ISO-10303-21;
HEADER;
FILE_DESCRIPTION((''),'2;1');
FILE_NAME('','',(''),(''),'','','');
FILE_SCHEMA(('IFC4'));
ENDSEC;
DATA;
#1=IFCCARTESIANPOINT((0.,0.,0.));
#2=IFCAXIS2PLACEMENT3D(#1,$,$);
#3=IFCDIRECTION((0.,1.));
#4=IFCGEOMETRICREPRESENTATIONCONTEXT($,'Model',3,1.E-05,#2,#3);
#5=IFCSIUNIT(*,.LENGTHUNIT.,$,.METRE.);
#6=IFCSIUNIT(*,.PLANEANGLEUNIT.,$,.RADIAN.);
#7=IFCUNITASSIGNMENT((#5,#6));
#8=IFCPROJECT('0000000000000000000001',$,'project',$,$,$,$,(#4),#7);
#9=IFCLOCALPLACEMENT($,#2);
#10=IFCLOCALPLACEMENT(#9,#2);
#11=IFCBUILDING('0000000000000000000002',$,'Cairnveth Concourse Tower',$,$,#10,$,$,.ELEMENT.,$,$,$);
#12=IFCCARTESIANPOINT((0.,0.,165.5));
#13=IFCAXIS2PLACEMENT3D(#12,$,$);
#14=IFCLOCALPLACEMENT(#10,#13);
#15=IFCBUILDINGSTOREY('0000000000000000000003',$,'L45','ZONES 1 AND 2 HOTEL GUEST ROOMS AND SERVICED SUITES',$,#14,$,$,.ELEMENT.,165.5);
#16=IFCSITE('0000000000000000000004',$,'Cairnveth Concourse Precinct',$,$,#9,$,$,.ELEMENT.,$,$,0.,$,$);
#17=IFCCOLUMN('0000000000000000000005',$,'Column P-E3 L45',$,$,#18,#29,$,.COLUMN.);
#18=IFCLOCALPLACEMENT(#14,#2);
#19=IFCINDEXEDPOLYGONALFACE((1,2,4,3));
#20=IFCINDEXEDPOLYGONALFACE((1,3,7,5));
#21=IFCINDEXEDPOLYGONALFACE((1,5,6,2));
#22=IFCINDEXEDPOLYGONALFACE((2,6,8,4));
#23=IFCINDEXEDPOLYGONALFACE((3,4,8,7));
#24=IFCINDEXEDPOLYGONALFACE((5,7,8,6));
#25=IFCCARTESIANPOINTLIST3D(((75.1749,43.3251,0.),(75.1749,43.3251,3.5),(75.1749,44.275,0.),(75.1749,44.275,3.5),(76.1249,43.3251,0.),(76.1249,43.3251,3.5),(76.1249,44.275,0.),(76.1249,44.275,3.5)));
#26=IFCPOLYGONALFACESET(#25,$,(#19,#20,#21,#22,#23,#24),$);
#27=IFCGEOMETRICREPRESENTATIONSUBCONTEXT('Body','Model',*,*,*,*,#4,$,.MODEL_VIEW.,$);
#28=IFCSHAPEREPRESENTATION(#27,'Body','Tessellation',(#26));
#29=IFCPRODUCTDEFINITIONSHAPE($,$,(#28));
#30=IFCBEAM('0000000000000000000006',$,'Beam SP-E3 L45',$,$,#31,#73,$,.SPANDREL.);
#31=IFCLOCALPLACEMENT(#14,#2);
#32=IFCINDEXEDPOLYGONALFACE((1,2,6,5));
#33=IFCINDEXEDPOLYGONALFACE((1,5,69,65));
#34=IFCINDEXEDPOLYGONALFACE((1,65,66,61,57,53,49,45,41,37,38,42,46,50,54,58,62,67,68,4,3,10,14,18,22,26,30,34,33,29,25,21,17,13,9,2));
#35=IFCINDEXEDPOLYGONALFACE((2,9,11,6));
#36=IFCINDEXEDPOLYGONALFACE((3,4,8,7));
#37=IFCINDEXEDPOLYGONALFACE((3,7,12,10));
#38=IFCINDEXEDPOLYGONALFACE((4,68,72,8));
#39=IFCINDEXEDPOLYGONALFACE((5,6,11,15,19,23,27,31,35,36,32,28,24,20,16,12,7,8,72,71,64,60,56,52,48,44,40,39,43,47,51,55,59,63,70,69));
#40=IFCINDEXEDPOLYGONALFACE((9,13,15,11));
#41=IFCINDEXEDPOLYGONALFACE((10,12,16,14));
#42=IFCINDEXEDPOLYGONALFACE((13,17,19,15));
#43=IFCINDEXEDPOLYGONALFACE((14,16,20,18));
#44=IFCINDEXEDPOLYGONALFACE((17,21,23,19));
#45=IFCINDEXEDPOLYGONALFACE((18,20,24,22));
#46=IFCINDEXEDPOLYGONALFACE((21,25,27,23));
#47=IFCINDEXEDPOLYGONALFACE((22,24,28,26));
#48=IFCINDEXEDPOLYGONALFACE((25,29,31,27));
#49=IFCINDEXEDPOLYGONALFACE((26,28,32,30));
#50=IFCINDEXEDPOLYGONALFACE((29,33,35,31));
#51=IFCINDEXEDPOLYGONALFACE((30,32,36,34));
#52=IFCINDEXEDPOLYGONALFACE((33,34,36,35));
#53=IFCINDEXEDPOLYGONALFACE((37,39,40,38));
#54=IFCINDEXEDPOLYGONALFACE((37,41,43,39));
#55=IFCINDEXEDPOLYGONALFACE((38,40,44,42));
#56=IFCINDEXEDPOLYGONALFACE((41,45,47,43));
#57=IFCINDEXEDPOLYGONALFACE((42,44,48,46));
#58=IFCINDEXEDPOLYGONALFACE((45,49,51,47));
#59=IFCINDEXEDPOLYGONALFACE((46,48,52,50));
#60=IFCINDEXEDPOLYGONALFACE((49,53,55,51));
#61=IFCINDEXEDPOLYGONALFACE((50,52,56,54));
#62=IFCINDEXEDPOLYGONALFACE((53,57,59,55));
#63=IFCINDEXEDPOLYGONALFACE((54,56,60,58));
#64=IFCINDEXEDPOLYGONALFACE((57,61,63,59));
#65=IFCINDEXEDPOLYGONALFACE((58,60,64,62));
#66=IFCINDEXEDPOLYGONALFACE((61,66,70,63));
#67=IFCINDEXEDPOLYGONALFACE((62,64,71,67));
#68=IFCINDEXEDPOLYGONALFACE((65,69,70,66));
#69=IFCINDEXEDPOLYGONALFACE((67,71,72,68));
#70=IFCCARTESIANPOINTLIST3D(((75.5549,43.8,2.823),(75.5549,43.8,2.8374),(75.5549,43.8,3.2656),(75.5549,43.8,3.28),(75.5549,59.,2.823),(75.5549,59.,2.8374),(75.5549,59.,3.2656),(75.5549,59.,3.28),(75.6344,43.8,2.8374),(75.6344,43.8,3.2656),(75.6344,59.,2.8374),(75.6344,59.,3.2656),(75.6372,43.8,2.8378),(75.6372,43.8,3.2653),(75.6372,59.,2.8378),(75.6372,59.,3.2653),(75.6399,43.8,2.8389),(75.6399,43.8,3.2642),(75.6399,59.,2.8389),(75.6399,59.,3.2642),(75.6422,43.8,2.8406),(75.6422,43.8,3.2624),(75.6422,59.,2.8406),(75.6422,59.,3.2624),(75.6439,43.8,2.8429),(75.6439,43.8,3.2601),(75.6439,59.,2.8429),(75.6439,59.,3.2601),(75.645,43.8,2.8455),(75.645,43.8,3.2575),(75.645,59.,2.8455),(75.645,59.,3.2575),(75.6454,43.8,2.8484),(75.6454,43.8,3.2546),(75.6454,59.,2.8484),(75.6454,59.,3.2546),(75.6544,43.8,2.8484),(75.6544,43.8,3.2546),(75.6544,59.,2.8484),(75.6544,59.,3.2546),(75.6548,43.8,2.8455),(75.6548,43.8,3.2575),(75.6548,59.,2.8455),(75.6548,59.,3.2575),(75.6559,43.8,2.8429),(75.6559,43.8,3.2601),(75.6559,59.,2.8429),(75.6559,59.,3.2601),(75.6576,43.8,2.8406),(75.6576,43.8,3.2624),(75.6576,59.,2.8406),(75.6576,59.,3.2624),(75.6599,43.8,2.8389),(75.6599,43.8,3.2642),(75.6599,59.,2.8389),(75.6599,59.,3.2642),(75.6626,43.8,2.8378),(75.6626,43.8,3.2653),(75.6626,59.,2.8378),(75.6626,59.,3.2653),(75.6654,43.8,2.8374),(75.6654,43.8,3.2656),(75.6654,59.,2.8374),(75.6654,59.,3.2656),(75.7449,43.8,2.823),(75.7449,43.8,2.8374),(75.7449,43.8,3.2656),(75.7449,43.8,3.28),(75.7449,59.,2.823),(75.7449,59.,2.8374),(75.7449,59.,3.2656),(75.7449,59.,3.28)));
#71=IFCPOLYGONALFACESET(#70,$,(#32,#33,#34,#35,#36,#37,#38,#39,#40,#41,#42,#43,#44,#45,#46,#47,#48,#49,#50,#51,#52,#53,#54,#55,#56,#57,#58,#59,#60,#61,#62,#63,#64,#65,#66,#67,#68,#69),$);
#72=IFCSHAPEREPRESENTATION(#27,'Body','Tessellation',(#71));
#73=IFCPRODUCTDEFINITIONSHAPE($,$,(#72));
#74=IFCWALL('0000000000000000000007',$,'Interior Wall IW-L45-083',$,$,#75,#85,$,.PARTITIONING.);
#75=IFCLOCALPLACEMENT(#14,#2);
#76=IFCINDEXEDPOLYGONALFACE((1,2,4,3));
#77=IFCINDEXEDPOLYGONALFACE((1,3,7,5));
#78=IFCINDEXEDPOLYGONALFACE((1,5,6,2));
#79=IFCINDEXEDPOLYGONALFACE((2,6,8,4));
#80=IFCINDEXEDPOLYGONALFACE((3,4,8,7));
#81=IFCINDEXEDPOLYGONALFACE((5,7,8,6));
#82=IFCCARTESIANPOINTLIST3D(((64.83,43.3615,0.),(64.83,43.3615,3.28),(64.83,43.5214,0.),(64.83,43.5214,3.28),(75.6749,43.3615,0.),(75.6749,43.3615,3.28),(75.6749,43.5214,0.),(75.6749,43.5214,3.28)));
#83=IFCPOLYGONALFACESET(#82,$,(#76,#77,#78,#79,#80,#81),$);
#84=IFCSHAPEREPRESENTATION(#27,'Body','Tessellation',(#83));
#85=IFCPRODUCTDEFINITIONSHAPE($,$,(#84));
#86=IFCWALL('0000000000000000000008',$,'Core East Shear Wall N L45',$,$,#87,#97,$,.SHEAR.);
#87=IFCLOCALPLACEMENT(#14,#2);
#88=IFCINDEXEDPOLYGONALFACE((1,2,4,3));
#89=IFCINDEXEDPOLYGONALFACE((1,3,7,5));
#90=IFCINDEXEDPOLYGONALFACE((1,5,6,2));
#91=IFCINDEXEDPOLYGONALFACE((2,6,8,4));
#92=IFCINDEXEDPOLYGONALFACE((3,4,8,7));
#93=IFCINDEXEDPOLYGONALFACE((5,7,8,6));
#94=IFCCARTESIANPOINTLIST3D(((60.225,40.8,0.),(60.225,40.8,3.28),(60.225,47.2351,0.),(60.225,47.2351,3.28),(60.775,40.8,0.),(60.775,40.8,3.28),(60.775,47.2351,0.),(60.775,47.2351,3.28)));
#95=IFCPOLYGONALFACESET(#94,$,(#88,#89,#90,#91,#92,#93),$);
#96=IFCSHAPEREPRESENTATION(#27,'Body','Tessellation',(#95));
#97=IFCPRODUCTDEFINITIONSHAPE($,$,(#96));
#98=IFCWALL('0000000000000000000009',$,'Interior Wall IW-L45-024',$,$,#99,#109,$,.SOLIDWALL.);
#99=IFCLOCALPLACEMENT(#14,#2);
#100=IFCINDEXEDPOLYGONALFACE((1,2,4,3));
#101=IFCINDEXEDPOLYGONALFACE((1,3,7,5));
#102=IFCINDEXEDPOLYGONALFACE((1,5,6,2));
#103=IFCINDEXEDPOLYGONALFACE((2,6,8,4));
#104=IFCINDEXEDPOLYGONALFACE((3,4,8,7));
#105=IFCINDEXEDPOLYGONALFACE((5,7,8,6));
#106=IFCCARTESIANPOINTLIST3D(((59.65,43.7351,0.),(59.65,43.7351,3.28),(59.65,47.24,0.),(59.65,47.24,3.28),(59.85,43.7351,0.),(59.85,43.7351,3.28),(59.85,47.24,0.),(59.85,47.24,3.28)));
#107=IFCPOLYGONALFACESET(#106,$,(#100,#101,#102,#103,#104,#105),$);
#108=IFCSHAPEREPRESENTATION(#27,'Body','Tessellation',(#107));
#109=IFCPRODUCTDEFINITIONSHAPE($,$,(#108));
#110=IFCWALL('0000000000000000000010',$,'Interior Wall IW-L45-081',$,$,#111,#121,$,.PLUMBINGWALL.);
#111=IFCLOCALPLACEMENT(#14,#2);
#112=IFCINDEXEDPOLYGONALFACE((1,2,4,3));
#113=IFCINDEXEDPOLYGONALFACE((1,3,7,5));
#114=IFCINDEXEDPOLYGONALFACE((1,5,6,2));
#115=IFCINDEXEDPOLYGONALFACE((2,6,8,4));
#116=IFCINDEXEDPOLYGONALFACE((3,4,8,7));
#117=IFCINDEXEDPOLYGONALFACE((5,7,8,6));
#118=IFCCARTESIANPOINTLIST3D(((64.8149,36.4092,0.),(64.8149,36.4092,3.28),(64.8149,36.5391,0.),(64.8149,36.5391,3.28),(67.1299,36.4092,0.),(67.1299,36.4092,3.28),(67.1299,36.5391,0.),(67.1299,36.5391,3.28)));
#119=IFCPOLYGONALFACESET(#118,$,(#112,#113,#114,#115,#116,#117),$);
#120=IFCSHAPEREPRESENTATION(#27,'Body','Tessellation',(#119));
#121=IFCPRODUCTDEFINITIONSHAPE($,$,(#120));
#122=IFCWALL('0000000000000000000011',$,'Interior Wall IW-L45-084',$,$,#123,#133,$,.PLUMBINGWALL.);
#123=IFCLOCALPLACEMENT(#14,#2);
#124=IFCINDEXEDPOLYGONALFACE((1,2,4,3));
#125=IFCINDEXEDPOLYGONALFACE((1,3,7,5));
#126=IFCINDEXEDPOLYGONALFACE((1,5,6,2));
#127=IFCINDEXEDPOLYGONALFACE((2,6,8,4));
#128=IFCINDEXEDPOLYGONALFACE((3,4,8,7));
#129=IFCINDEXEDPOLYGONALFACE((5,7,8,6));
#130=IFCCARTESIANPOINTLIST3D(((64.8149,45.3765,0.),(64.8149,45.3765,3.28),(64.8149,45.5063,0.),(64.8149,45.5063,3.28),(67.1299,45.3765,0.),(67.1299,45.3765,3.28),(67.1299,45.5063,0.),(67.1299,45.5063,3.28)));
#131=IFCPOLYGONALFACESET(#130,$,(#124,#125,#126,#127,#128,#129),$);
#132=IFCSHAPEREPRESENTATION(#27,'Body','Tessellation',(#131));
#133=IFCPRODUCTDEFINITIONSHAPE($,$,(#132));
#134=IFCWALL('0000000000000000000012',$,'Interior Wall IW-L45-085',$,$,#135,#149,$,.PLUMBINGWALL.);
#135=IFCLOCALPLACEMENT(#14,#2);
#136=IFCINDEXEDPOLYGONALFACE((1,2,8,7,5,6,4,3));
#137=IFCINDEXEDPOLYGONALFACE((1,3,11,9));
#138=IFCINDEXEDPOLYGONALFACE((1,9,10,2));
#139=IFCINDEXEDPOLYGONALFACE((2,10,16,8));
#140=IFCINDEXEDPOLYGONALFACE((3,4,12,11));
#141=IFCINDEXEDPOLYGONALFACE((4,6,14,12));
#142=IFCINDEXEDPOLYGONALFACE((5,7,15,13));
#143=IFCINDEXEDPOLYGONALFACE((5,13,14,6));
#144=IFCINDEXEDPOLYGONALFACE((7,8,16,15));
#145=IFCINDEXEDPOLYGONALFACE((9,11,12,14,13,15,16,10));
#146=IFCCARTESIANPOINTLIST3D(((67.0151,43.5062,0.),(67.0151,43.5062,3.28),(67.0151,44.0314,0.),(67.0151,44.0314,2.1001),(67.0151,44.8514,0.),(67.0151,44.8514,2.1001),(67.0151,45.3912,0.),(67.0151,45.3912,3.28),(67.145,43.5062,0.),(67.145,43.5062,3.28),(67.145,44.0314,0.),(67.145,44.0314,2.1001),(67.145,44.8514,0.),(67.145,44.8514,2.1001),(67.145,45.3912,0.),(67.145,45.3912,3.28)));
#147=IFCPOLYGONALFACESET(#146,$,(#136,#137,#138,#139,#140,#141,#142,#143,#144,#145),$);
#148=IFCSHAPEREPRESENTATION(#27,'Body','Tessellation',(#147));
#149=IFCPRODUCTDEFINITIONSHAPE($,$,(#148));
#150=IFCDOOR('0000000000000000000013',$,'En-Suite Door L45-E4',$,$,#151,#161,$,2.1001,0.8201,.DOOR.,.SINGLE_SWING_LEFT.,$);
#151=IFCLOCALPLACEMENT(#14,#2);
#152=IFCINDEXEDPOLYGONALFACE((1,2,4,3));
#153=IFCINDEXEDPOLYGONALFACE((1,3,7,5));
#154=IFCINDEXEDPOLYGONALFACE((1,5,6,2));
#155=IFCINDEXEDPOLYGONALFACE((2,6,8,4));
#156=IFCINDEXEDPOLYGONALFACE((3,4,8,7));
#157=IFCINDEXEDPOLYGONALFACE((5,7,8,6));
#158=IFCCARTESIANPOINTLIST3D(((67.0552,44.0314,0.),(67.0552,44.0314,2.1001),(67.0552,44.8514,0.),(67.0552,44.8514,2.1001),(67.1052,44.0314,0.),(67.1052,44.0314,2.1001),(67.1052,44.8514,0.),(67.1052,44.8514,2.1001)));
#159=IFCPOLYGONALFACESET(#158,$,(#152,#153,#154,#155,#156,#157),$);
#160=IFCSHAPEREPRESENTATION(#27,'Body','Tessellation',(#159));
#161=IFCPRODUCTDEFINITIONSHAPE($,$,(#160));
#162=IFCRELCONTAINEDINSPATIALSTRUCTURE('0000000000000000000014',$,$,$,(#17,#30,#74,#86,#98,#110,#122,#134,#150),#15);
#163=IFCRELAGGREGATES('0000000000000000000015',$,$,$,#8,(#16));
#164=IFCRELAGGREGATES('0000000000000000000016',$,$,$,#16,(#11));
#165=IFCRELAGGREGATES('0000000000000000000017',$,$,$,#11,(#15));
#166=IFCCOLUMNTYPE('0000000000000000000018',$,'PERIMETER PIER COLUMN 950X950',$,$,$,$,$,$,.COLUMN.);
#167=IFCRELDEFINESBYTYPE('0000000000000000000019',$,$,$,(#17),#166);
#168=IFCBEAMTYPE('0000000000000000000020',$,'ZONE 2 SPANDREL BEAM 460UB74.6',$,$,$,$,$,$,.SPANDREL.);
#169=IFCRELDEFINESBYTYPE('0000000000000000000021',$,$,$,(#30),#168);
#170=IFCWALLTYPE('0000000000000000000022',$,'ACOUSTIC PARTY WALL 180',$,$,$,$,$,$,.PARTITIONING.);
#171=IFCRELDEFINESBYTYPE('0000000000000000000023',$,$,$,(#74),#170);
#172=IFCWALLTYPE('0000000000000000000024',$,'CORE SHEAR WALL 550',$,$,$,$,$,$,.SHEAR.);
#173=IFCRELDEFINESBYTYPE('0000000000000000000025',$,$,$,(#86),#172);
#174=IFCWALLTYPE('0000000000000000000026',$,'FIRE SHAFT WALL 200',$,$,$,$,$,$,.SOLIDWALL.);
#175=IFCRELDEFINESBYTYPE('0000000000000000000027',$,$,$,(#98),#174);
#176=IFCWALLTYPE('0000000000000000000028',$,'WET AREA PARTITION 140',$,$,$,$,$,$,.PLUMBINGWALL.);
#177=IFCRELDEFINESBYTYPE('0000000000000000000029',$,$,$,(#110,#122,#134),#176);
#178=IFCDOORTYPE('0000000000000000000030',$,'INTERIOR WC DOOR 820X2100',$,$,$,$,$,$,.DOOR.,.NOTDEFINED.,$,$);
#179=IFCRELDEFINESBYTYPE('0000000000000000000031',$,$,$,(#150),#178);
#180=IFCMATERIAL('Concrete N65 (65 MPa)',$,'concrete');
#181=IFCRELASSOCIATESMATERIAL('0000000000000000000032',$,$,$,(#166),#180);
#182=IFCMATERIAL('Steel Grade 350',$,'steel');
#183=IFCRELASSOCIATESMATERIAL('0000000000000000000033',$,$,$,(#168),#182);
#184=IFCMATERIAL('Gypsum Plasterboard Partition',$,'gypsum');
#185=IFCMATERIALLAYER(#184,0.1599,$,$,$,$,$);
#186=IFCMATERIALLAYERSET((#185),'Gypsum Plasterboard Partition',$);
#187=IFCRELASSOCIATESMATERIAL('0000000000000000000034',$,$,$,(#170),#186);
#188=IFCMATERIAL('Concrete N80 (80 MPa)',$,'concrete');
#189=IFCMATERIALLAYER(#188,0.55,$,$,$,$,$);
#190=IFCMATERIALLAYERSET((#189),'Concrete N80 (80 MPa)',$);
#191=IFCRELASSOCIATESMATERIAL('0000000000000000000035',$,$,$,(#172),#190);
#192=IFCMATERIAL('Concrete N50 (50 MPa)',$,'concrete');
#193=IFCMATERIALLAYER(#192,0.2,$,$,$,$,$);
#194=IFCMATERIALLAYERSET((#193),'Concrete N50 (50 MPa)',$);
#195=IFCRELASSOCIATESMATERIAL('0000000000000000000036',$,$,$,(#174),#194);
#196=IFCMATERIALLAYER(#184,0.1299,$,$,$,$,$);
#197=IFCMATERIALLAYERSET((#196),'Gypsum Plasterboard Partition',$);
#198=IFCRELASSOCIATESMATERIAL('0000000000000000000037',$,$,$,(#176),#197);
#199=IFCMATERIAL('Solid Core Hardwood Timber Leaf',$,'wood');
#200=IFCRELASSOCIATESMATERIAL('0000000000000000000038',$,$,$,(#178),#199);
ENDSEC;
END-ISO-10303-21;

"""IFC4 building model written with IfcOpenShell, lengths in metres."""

from ifc_helpers import new_model, si_unit, direction, frame, frame_2d, origin, origin_2d, place, context, subcontext, project, spatial, rectangle, i_section, extrude, material, layer, layer_set, material_profile, profile_set, type_object, element, fill, save


model = new_model("IFC4")

# Units and contexts
model_context = context("Model", 3, precision=1e-05, world=origin(), true_north=direction((0.0, 1.0)))
body_context = subcontext(model_context, "Body", "Model", "MODEL_VIEW")
ifc_project = project(units=[si_unit("LENGTHUNIT", "METRE"), si_unit("PLANEANGLEUNIT", "RADIAN")], contexts=[model_context])

# Site, building, storey
site_placement = place(None, origin())
site = spatial("IfcSite", under=ifc_project, at=site_placement, Name="Cairnveth Concourse Precinct", CompositionType="ELEMENT", RefElevation=0.0)
building_placement = place(site_placement, origin())
building = spatial("IfcBuilding", under=site, at=building_placement, Name="Cairnveth Concourse Tower", CompositionType="ELEMENT")
storey_placement = place(building_placement, frame((0.0, 0.0, 165.5)))
storey = spatial("IfcBuildingStorey", under=building, at=storey_placement, Name="L45", Description="ZONES 1 AND 2 HOTEL GUEST ROOMS AND SERVICED SUITES", CompositionType="ELEMENT", Elevation=165.5)

# Column
ifc_material_1 = material(Name="Concrete N65 (65 MPa)", Category="concrete")
ifc_material_profile_1 = material_profile(ifc_material_1, rectangle(XDim=0.95, YDim=0.95, at=origin_2d()), Name="RC-COL-950x950")
ifc_profile_set_1 = profile_set([ifc_material_profile_1], Name="Concrete N65 (65 MPa)")
column_type = type_object("IfcColumnType", Name="PERIMETER PIER COLUMN 950X950", PredefinedType="COLUMN", material=ifc_profile_set_1)
column_placement = place(storey_placement, frame((75.6499, 43.8, 0.0), z_axis=(0.0, 0.0, 1.0), x_axis=(0.0, 1.0, 0.0)))
element("IfcColumn", 1, at=column_placement, inside=storey, type_object=column_type, Name="Column P-E3 L45", PredefinedType="COLUMN", context=body_context, shape_type="SweptSolid", body=[
    extrude(rectangle(XDim=0.95, YDim=0.95, at=origin_2d()), origin(), (0.0, 0.0, 1.0), 3.5),
])

# Beam
ifc_material_2 = material(Name="Steel Grade 350", Category="steel")
ifc_material_profile_2 = material_profile(ifc_material_2, i_section(OverallWidth=0.1899, OverallDepth=0.457, WebThickness=0.009, FlangeThickness=0.0144, FilletRadius=0.011, at=origin_2d()), Name="460UB74.6")
ifc_profile_set_2 = profile_set([ifc_material_profile_2], Name="Steel Grade 350")
beam_type = type_object("IfcBeamType", Name="ZONE 2 SPANDREL BEAM 460UB74.6", PredefinedType="SPANDREL", material=ifc_profile_set_2)
beam_placement = place(storey_placement, frame((75.6499, 43.8, 3.0515), z_axis=(0.0, 1.0, 0.0), x_axis=(-1.0, 0.0, 0.0)))
element("IfcBeam", 2, at=beam_placement, inside=storey, type_object=beam_type, Name="Beam SP-E3 L45", PredefinedType="SPANDREL", context=body_context, shape_type="SweptSolid", body=[
    extrude(i_section(OverallWidth=0.1899, OverallDepth=0.457, WebThickness=0.009, FlangeThickness=0.0144, FilletRadius=0.011, at=origin_2d()), origin(), (0.0, 0.0, 1.0), 15.2),
])

# Walls
ifc_material_3 = material(Name="Gypsum Plasterboard Partition", Category="gypsum")
ifc_layer_1 = layer(ifc_material_3, 0.1599)
ifc_layer_set_1 = layer_set([ifc_layer_1], Name="Gypsum Plasterboard Partition")
wall_type_1 = type_object("IfcWallType", Name="ACOUSTIC PARTY WALL 180", PredefinedType="PARTITIONING", material=ifc_layer_set_1)
wall_1_placement = place(storey_placement, frame((64.8301, 43.4414, 0.0), z_axis=(0.0, 0.0, 1.0), x_axis=(1.0, 0.0, 0.0)))
element("IfcWall", 3, at=wall_1_placement, inside=storey, type_object=wall_type_1, Name="Interior Wall IW-L45-083", PredefinedType="PARTITIONING", context=body_context, shape_type="SweptSolid", body=[
    extrude(rectangle(XDim=10.845, YDim=0.1599, at=frame_2d((5.4224, 0.0))), origin(), (0.0, 0.0, 1.0), 3.28),
])
ifc_material_4 = material(Name="Concrete N80 (80 MPa)", Category="concrete")
ifc_layer_2 = layer(ifc_material_4, 0.55)
ifc_layer_set_2 = layer_set([ifc_layer_2], Name="Concrete N80 (80 MPa)")
wall_type_2 = type_object("IfcWallType", Name="CORE SHEAR WALL 550", PredefinedType="SHEAR", material=ifc_layer_set_2)
wall_2_placement = place(storey_placement, frame((60.5, 40.8, 0.0), z_axis=(0.0, 0.0, 1.0), x_axis=(0.0, 1.0, 0.0)))
element("IfcWall", 4, at=wall_2_placement, inside=storey, type_object=wall_type_2, Name="Core East Shear Wall N L45", PredefinedType="SHEAR", context=body_context, shape_type="SweptSolid", body=[
    extrude(rectangle(XDim=6.4351, YDim=0.55, at=frame_2d((3.2175, 0.0))), origin(), (0.0, 0.0, 1.0), 3.28),
])

# Shared definitions
ifc_material_5 = material(Name="Concrete N50 (50 MPa)", Category="concrete")
ifc_layer_3 = layer(ifc_material_5, 0.2)
ifc_layer_set_3 = layer_set([ifc_layer_3], Name="Concrete N50 (50 MPa)")
wall_type_3 = type_object("IfcWallType", Name="FIRE SHAFT WALL 200", PredefinedType="SOLIDWALL", material=ifc_layer_set_3)

# Walls
wall_3_placement = place(storey_placement, frame((59.75, 43.7351, 0.0), z_axis=(0.0, 0.0, 1.0), x_axis=(0.0, 1.0, 0.0)))
element("IfcWall", 5, at=wall_3_placement, inside=storey, type_object=wall_type_3, Name="Interior Wall IW-L45-024", PredefinedType="SOLIDWALL", context=body_context, shape_type="SweptSolid", body=[
    extrude(rectangle(XDim=3.5049, YDim=0.2, at=frame_2d((1.7524, 0.0))), origin(), (0.0, 0.0, 1.0), 3.28),
])
ifc_layer_4 = layer(ifc_material_3, 0.1299)
ifc_layer_set_4 = layer_set([ifc_layer_4], Name="Gypsum Plasterboard Partition")
wall_type_4 = type_object("IfcWallType", Name="WET AREA PARTITION 140", PredefinedType="PLUMBINGWALL", material=ifc_layer_set_4)
for number, where, z_axis, x_axis, name in (
    (6, (64.8149, 36.4741, 0.0), (0.0, 0.0, 1.0), (1.0, 0.0, 0.0), "Interior Wall IW-L45-081"),
    (7, (64.8149, 45.4414, 0.0), (0.0, 0.0, 1.0), (1.0, 0.0, 0.0), "Interior Wall IW-L45-084"),
):
    element("IfcWall", number, at=place(storey_placement, frame(where, z_axis=z_axis, x_axis=x_axis)), inside=storey, type_object=wall_type_4, Name=name, PredefinedType="PLUMBINGWALL", context=body_context, shape_type="SweptSolid", body=[
        extrude(rectangle(XDim=2.3149, YDim=0.1299, at=frame_2d((1.1575, 0.0))), origin(), (0.0, 0.0, 1.0), 3.28),
    ])

# Wall, opening, door
wall_4_placement = place(storey_placement, frame((67.0801, 43.5063, 0.0), z_axis=(0.0, 0.0, 1.0), x_axis=(0.0, 1.0, 0.0)))
wall_4 = element("IfcWall", 8, at=wall_4_placement, inside=storey, type_object=wall_type_4, Name="Interior Wall IW-L45-085", PredefinedType="PLUMBINGWALL", context=body_context, shape_type="SweptSolid", body=[
    extrude(rectangle(XDim=1.885, YDim=0.1299, at=frame_2d((0.9424, 0.0))), origin(), (0.0, 0.0, 1.0), 3.28),
])
opening_1_placement = place(wall_4_placement, frame((0.5249, 0.0, 0.0)))
opening_1 = element("IfcOpeningElement", 9, at=opening_1_placement, cuts=wall_4, PredefinedType="OPENING", context=body_context, shape_type="SweptSolid", body=[
    extrude(rectangle(XDim=0.8201, YDim=2.1001, at=frame_2d((0.4102, 1.05))), frame((0.0, 0.075, 0.0), z_axis=(0.0, -1.0, 0.0), x_axis=(1.0, 0.0, 0.0)), (0.0, 0.0, 1.0), 0.1499),
])
ifc_material_6 = material(Name="Solid Core Hardwood Timber Leaf", Category="wood")
door_type_1 = type_object("IfcDoorType", Name="INTERIOR WC DOOR 820X2100", OperationType="NOTDEFINED", PredefinedType="DOOR", material=ifc_material_6)
door_1_placement = place(opening_1_placement, origin())
door_1 = element("IfcDoor", 10, at=door_1_placement, inside=storey, type_object=door_type_1, Name="En-Suite Door L45-E4", OperationType="SINGLE_SWING_LEFT", OverallHeight=2.1001, OverallWidth=0.8201, PredefinedType="DOOR", context=body_context, shape_type="SweptSolid", body=[
    extrude(rectangle(XDim=0.8201, YDim=2.1001, at=frame_2d((0.4102, 1.05))), frame((0.0, 0.0249, 0.0), z_axis=(0.0, -1.0, 0.0), x_axis=(1.0, 0.0, 0.0)), (0.0, 0.0, 1.0), 0.05),
])
fill(opening_1, door_1)

save(model, "model.ifc")
